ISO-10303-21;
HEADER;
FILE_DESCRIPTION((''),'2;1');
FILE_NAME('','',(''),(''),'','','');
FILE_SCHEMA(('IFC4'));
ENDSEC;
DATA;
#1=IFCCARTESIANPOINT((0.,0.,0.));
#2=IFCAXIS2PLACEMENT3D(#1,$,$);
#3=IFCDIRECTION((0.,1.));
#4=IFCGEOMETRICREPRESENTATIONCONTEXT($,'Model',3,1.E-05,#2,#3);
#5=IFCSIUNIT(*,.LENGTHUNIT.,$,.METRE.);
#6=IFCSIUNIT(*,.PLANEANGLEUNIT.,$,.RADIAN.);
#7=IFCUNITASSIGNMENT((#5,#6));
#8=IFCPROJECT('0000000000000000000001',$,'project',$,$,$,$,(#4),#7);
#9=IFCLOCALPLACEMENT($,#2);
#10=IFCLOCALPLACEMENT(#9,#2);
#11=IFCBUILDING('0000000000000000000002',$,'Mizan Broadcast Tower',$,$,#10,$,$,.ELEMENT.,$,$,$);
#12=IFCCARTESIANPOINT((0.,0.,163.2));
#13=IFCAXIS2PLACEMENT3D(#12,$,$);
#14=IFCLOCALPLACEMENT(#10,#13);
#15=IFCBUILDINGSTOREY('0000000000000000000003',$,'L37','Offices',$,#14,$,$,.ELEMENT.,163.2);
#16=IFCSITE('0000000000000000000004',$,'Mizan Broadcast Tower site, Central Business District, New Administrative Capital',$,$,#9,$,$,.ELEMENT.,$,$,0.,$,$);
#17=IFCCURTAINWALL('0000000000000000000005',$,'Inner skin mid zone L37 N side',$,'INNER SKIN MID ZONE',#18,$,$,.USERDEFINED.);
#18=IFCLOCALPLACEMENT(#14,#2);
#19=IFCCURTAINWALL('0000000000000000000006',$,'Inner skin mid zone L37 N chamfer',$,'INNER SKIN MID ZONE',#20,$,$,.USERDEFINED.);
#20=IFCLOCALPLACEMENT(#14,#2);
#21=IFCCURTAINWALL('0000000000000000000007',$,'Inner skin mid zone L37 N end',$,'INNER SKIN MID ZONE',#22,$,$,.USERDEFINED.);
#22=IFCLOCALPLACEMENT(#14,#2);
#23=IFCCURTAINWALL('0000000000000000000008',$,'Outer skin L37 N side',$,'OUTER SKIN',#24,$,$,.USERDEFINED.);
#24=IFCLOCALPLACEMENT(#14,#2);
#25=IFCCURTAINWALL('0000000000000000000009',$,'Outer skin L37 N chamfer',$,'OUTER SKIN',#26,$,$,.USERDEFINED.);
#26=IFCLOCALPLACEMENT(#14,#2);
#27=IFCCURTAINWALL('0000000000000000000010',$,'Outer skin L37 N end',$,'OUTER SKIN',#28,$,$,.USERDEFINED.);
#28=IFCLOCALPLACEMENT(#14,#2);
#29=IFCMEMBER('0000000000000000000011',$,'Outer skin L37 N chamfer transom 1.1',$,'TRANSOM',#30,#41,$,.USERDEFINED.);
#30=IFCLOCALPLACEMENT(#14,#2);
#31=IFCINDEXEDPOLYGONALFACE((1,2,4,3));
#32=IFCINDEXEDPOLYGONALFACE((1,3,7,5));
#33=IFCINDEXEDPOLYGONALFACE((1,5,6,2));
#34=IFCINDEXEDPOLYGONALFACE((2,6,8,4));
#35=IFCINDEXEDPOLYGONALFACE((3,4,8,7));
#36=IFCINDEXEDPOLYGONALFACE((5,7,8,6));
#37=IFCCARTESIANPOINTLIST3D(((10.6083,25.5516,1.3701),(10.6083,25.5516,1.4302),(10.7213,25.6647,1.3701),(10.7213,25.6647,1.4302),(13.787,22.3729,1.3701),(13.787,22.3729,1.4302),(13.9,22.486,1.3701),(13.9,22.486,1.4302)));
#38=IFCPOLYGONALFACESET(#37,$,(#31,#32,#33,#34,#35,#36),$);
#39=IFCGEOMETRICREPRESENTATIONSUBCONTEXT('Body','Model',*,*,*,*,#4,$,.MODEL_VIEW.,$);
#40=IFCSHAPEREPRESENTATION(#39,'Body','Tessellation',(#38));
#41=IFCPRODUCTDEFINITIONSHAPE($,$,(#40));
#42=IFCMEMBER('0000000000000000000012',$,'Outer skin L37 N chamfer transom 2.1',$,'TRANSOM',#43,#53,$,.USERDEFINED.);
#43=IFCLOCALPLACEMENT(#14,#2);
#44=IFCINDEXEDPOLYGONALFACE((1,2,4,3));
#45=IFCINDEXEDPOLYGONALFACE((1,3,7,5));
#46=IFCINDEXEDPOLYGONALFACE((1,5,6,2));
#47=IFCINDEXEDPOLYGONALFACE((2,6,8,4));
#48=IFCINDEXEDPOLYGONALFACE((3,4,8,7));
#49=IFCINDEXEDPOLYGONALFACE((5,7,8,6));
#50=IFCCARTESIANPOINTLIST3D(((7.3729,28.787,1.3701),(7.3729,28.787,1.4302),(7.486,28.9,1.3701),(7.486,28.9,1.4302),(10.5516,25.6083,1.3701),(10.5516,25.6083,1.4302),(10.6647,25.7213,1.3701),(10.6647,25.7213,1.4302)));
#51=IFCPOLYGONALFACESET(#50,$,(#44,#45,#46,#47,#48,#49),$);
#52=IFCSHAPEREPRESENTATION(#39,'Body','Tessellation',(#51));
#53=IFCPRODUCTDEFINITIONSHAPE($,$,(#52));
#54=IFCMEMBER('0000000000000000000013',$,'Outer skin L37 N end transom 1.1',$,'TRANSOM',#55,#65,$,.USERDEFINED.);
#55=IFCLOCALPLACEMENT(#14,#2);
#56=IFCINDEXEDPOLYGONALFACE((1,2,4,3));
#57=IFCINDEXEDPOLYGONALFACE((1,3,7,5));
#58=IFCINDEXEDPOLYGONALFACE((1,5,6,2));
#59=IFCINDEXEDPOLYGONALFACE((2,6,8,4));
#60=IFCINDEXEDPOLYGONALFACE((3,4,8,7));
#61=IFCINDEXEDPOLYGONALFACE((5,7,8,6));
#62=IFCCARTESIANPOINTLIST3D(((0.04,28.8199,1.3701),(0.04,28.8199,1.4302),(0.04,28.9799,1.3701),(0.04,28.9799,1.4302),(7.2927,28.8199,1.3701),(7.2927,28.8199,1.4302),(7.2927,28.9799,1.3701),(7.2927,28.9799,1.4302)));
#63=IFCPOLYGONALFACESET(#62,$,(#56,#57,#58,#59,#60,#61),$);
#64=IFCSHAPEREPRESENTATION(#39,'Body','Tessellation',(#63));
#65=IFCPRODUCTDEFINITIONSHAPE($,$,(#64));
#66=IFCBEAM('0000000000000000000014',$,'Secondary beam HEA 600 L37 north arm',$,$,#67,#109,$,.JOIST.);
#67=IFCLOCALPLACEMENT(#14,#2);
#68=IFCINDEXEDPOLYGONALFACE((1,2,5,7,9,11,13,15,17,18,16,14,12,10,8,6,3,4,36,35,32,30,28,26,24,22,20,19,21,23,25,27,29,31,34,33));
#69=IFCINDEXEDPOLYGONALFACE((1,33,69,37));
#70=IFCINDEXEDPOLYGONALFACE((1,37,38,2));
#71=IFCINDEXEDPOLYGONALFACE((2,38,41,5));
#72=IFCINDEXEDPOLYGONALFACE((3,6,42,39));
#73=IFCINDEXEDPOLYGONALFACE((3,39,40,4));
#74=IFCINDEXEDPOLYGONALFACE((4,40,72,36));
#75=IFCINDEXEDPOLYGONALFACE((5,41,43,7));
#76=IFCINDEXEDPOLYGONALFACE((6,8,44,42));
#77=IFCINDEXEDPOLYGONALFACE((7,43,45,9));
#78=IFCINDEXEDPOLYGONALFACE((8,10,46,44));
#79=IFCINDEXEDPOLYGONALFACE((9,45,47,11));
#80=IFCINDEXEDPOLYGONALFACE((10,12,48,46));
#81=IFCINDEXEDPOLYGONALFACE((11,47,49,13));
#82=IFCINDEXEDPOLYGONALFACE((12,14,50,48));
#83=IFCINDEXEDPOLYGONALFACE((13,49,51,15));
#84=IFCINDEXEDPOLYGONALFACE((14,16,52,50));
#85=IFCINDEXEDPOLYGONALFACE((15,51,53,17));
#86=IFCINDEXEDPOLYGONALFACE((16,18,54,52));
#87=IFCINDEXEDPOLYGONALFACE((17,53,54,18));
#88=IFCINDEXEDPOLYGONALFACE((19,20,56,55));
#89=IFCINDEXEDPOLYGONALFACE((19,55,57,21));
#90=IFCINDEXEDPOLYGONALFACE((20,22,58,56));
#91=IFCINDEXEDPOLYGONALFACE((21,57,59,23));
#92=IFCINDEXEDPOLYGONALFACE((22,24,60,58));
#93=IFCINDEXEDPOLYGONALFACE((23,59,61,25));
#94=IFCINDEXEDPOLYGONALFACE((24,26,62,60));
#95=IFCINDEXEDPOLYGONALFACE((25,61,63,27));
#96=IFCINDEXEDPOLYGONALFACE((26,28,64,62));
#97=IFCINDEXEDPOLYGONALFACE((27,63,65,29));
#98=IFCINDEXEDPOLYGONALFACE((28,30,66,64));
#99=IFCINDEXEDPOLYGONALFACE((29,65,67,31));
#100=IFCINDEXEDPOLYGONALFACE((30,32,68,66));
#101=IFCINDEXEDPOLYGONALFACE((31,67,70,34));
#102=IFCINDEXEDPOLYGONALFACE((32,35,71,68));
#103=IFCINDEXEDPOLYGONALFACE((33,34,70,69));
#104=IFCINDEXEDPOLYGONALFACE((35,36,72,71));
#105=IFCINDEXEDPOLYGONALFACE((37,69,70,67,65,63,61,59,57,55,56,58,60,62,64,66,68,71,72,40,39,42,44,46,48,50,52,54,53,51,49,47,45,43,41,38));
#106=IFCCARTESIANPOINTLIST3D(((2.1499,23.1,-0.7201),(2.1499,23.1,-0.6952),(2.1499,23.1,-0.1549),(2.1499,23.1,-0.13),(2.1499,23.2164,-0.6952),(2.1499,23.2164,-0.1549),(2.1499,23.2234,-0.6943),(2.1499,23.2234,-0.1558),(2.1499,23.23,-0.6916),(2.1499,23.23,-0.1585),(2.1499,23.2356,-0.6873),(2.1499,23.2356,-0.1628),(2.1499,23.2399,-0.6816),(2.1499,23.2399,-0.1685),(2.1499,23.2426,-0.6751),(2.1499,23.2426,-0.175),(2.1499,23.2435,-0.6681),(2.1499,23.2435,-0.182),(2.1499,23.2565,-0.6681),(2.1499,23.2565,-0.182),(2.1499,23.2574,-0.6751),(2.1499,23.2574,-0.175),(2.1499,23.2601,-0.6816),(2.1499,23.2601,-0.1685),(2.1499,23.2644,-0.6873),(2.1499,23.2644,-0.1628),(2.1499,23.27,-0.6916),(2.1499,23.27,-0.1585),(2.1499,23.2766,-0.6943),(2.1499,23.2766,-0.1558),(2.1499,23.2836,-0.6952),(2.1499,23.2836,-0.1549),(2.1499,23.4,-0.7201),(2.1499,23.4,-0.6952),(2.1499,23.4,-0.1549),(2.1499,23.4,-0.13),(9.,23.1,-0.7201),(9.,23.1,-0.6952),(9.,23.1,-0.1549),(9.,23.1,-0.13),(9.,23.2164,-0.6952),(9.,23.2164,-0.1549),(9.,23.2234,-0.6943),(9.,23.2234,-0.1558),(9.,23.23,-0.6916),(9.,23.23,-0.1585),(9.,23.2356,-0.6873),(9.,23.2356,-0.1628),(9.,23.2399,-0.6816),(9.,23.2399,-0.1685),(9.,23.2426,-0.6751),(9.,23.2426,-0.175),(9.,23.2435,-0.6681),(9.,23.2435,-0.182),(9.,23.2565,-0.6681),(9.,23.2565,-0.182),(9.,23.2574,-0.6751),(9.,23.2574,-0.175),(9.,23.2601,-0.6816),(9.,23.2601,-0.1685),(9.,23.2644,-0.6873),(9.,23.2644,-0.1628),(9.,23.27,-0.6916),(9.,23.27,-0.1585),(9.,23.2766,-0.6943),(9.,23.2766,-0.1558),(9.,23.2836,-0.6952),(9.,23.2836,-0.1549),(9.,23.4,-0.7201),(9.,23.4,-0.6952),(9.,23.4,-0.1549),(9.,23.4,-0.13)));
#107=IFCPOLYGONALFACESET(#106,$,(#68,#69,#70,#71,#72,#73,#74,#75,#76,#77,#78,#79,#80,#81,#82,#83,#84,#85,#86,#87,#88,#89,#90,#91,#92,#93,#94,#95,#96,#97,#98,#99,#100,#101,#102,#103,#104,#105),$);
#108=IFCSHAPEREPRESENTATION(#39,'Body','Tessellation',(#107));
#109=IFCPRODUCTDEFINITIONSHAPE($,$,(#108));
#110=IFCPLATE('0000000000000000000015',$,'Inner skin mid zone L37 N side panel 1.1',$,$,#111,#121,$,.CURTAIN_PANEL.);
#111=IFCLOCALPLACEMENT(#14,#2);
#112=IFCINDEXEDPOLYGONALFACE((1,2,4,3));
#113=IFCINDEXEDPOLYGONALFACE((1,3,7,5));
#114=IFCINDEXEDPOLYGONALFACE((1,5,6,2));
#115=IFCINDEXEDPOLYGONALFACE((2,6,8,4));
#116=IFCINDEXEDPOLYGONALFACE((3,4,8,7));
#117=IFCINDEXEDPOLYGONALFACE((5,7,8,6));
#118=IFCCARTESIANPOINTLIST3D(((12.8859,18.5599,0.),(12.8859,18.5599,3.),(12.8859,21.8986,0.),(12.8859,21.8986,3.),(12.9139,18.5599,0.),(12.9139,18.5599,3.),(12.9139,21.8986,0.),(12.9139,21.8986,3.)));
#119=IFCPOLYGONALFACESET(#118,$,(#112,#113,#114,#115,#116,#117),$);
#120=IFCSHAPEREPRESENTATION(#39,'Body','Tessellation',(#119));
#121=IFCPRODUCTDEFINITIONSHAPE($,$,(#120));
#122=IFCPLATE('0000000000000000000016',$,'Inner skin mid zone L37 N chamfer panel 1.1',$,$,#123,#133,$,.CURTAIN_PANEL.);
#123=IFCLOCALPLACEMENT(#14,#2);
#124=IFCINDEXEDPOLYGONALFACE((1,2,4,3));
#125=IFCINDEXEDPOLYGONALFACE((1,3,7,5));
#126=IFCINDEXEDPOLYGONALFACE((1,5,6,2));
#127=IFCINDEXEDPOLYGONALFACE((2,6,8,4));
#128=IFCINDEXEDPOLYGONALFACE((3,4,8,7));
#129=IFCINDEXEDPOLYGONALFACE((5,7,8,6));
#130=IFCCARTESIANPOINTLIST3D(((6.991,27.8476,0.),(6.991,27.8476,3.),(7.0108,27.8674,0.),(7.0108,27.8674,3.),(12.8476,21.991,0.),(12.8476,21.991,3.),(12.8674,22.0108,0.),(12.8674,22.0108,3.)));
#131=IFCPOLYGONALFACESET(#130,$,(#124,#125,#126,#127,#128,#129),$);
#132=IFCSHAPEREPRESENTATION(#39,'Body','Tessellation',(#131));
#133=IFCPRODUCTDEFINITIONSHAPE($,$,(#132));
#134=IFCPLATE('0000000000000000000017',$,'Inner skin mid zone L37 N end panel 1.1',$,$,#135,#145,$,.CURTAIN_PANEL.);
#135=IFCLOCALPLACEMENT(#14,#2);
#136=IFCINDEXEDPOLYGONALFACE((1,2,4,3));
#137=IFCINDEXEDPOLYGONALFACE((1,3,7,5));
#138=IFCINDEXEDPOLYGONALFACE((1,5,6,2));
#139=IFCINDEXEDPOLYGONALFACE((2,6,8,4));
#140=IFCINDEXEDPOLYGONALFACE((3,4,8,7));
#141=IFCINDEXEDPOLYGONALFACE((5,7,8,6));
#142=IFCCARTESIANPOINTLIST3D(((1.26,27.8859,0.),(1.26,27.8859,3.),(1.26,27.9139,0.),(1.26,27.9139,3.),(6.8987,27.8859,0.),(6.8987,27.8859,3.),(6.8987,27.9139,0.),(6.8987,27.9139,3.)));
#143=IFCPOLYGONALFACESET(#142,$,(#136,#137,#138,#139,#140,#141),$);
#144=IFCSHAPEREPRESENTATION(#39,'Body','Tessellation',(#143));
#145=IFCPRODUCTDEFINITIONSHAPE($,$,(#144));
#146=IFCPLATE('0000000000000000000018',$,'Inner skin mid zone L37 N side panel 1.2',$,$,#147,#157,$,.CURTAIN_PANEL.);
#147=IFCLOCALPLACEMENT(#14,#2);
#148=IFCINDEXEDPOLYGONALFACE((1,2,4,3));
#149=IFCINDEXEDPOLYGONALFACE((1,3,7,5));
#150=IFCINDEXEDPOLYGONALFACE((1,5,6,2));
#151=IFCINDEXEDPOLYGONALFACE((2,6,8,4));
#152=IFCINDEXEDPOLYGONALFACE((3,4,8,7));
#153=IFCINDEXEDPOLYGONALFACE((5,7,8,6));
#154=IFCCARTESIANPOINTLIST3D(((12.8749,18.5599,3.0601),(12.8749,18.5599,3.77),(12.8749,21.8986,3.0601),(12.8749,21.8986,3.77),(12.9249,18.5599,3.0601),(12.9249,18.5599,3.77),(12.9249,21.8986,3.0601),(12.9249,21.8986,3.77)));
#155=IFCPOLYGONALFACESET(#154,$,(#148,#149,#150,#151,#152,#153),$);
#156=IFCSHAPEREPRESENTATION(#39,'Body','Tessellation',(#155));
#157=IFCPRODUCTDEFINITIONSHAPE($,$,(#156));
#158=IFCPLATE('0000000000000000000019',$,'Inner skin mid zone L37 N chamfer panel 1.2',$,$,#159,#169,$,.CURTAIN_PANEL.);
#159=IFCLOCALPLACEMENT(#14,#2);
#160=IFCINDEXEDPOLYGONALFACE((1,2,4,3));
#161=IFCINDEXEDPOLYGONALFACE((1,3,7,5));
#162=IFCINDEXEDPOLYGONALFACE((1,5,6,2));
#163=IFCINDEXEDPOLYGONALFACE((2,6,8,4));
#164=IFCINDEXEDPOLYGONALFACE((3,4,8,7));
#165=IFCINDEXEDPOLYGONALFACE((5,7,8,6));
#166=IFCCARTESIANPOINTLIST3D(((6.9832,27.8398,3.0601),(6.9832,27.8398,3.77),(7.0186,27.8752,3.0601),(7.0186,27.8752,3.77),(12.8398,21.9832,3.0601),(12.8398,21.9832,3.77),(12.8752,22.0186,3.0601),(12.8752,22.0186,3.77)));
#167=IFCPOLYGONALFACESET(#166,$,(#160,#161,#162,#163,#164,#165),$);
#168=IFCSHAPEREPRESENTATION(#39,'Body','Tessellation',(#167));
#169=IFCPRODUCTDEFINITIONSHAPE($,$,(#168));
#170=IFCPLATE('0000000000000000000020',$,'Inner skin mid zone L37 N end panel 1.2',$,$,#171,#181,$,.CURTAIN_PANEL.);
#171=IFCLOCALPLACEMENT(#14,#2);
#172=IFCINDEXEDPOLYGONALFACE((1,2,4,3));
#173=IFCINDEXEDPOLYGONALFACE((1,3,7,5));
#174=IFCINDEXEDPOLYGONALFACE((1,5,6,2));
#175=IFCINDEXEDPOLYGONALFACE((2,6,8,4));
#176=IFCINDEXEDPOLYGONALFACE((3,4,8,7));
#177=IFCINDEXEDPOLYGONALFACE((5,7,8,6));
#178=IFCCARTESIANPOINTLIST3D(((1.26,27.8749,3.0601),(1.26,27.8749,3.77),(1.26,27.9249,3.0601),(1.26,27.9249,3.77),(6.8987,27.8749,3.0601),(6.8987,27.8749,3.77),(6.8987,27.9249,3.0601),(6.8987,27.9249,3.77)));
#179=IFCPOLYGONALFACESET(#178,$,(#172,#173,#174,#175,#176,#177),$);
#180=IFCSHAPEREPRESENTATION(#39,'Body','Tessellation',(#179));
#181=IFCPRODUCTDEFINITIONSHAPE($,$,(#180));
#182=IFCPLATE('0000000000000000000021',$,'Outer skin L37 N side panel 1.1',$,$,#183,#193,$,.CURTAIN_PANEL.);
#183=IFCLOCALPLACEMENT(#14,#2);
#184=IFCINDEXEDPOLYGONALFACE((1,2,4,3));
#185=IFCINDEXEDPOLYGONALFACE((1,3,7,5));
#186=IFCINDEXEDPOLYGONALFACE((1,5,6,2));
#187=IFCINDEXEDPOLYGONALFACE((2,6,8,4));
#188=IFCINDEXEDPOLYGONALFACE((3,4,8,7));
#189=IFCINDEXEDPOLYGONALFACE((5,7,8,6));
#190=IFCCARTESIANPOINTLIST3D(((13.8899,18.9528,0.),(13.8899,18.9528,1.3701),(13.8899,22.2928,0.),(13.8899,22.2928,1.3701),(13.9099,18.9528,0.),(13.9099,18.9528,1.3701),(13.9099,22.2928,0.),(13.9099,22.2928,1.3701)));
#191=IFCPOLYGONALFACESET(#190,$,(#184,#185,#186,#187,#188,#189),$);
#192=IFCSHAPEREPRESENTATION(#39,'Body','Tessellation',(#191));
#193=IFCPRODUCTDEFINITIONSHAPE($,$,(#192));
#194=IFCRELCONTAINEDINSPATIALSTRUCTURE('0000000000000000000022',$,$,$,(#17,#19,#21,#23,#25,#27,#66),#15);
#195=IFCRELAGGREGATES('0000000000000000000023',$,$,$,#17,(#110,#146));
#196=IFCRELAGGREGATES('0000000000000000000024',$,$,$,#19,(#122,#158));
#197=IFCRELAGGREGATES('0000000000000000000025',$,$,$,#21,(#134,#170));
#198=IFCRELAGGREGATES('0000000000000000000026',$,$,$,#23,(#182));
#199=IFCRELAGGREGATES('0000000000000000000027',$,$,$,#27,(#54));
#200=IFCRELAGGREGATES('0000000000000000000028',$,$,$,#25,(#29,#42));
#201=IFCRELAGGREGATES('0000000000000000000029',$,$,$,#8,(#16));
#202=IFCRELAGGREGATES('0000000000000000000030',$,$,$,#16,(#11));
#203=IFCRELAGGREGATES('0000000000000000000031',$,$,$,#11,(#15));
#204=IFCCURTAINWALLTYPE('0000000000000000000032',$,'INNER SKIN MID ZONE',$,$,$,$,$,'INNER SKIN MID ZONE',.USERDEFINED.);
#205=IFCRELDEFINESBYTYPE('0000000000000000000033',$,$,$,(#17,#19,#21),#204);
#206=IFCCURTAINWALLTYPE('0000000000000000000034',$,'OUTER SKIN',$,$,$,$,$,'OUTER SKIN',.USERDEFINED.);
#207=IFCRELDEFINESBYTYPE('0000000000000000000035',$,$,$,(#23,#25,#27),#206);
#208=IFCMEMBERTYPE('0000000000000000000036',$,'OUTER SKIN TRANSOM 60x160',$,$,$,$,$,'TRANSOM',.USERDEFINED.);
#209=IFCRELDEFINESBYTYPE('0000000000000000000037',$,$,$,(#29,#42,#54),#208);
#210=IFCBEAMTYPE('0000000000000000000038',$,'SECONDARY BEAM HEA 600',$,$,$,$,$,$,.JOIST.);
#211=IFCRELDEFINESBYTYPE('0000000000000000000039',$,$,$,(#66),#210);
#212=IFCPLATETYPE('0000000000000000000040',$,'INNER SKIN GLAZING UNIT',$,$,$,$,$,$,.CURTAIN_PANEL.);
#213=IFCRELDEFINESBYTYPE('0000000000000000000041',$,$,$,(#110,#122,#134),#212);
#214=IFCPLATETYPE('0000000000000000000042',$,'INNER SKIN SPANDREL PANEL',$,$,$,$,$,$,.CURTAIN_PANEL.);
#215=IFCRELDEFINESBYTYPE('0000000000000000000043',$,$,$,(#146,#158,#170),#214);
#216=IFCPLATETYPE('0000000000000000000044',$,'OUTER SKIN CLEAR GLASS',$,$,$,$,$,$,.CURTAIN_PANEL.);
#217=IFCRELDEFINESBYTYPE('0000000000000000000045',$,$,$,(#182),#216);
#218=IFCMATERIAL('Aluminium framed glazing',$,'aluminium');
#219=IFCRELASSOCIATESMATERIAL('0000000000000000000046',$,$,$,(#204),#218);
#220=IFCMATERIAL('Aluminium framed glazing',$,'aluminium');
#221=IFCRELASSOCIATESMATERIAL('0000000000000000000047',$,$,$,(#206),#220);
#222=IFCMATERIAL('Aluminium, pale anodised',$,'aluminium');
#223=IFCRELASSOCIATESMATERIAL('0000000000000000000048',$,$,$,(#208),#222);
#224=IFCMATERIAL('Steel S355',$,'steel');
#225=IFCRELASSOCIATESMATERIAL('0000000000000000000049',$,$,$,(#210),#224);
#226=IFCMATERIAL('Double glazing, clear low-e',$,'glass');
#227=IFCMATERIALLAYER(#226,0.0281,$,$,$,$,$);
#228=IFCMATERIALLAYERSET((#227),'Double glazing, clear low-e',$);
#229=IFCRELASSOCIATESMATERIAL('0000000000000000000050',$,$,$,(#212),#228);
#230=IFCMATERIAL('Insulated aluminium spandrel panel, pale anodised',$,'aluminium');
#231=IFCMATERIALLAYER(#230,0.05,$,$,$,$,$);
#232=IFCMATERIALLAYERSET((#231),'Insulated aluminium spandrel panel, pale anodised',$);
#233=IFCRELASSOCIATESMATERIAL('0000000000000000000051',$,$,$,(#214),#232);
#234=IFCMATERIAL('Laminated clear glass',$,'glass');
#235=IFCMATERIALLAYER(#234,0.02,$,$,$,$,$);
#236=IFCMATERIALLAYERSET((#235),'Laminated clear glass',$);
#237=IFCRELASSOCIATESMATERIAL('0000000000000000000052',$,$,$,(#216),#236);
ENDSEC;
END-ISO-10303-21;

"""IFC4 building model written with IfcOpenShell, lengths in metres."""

from ifc_helpers import new_model, si_unit, direction, frame, origin, origin_2d, place, context, subcontext, project, spatial, rectangle, i_section, extrude, material, layer, layer_set, material_profile, profile_set, type_object, element, aggregate, save


model = new_model("IFC4")

# Units and contexts
model_context = context("Model", 3, precision=1e-05, world=origin(), true_north=direction((0.0, 1.0)))
body_context = subcontext(model_context, "Body", "Model", "MODEL_VIEW")
ifc_project = project(units=[si_unit("LENGTHUNIT", "METRE"), si_unit("PLANEANGLEUNIT", "RADIAN")], contexts=[model_context])

# Site, building, storey
site_placement = place(None, origin())
site = spatial("IfcSite", under=ifc_project, at=site_placement, Name="Mizan Broadcast Tower site, Central Business District, New Administrative Capital", CompositionType="ELEMENT", RefElevation=0.0)
building_placement = place(site_placement, origin())
building = spatial("IfcBuilding", under=site, at=building_placement, Name="Mizan Broadcast Tower", CompositionType="ELEMENT")
storey_placement = place(building_placement, frame((0.0, 0.0, 163.2)))
storey = spatial("IfcBuildingStorey", under=building, at=storey_placement, Name="L37", Description="Offices", CompositionType="ELEMENT", Elevation=163.2)

# Curtain walls
ifc_material_1 = material(Name="Aluminium framed glazing", Category="aluminium")
curtain_wall_type_1 = type_object("IfcCurtainWallType", Name="INNER SKIN MID ZONE", ElementType="INNER SKIN MID ZONE", PredefinedType="USERDEFINED", material=ifc_material_1)
curtain_wall_1_placement = place(storey_placement, origin())
curtain_wall_1 = element("IfcCurtainWall", 1, at=curtain_wall_1_placement, inside=storey, type_object=curtain_wall_type_1, Name="Inner skin mid zone L37 N side", ObjectType="INNER SKIN MID ZONE", PredefinedType="USERDEFINED")
curtain_wall_2_placement = place(storey_placement, origin())
curtain_wall_2 = element("IfcCurtainWall", 2, at=curtain_wall_2_placement, inside=storey, type_object=curtain_wall_type_1, Name="Inner skin mid zone L37 N chamfer", ObjectType="INNER SKIN MID ZONE", PredefinedType="USERDEFINED")
curtain_wall_3_placement = place(storey_placement, origin())
curtain_wall_3 = element("IfcCurtainWall", 3, at=curtain_wall_3_placement, inside=storey, type_object=curtain_wall_type_1, Name="Inner skin mid zone L37 N end", ObjectType="INNER SKIN MID ZONE", PredefinedType="USERDEFINED")

# Curtain wall
ifc_material_2 = material(Name="Aluminium framed glazing", Category="aluminium")
curtain_wall_type_2 = type_object("IfcCurtainWallType", Name="OUTER SKIN", ElementType="OUTER SKIN", PredefinedType="USERDEFINED", material=ifc_material_2)
curtain_wall_4_placement = place(storey_placement, origin())
curtain_wall_4 = element("IfcCurtainWall", 4, at=curtain_wall_4_placement, inside=storey, type_object=curtain_wall_type_2, Name="Outer skin L37 N side", ObjectType="OUTER SKIN", PredefinedType="USERDEFINED")

# Curtain wall
curtain_wall_5_placement = place(storey_placement, origin())
curtain_wall_5 = element("IfcCurtainWall", 5, at=curtain_wall_5_placement, inside=storey, type_object=curtain_wall_type_2, Name="Outer skin L37 N chamfer", ObjectType="OUTER SKIN", PredefinedType="USERDEFINED")

# Curtain wall
curtain_wall_6_placement = place(storey_placement, origin())
curtain_wall_6 = element("IfcCurtainWall", 6, at=curtain_wall_6_placement, inside=storey, type_object=curtain_wall_type_2, Name="Outer skin L37 N end", ObjectType="OUTER SKIN", PredefinedType="USERDEFINED")

# Members
ifc_material_3 = material(Name="Aluminium, pale anodised", Category="aluminium")
ifc_material_profile_1 = material_profile(ifc_material_3, rectangle(XDim=0.1599, YDim=0.0601, at=origin_2d()), Name="TRANSOM 160x60")
ifc_profile_set_1 = profile_set([ifc_material_profile_1], Name="Aluminium, pale anodised")
member_type_1 = type_object("IfcMemberType", Name="OUTER SKIN TRANSOM 60x160", ElementType="TRANSOM", PredefinedType="USERDEFINED", material=ifc_profile_set_1)
member_1_placement = place(storey_placement, frame((13.8435, 22.4294, 1.4001), z_axis=(-0.707107, 0.707107, 0.0), x_axis=(-0.707107, -0.707107, 0.0)))
member_1 = element("IfcMember", 7, at=member_1_placement, type_object=member_type_1, Name="Outer skin L37 N chamfer transom 1.1", ObjectType="TRANSOM", PredefinedType="USERDEFINED", context=body_context, shape_type="SweptSolid", body=[
    extrude(rectangle(XDim=0.1599, YDim=0.0601, at=origin_2d()), origin(), (0.0, 0.0, 1.0), 4.4954),
])
member_2_placement = place(storey_placement, frame((10.6082, 25.6648, 1.4001), z_axis=(-0.707107, 0.707107, 0.0), x_axis=(-0.707107, -0.707107, 0.0)))
member_2 = element("IfcMember", 8, at=member_2_placement, type_object=member_type_1, Name="Outer skin L37 N chamfer transom 2.1", ObjectType="TRANSOM", PredefinedType="USERDEFINED", context=body_context, shape_type="SweptSolid", body=[
    extrude(rectangle(XDim=0.1599, YDim=0.0601, at=origin_2d()), origin(), (0.0, 0.0, 1.0), 4.4954),
])
member_3_placement = place(storey_placement, frame((7.2927, 28.8999, 1.4001), z_axis=(-1.0, 0.0, 0.0), x_axis=(0.0, -1.0, 0.0)))
member_3 = element("IfcMember", 9, at=member_3_placement, type_object=member_type_1, Name="Outer skin L37 N end transom 1.1", ObjectType="TRANSOM", PredefinedType="USERDEFINED", context=body_context, shape_type="SweptSolid", body=[
    extrude(rectangle(XDim=0.1599, YDim=0.0601, at=origin_2d()), origin(), (0.0, 0.0, 1.0), 7.2527),
])

# Beam
ifc_material_4 = material(Name="Steel S355", Category="steel")
ifc_material_profile_2 = material_profile(ifc_material_4, i_section(OverallWidth=0.3, OverallDepth=0.5901, WebThickness=0.0129, FlangeThickness=0.0249, FilletRadius=0.0271, at=origin_2d()), Name="HEA 600")
ifc_profile_set_2 = profile_set([ifc_material_profile_2], Name="Steel S355")
beam_type_1 = type_object("IfcBeamType", Name="SECONDARY BEAM HEA 600", PredefinedType="JOIST", material=ifc_profile_set_2)
beam_1_placement = place(storey_placement, frame((9.0, 23.25, -0.425), z_axis=(-1.0, 0.0, 0.0), x_axis=(0.0, -1.0, 0.0)))
element("IfcBeam", 10, at=beam_1_placement, inside=storey, type_object=beam_type_1, Name="Secondary beam HEA 600 L37 north arm", PredefinedType="JOIST", context=body_context, shape_type="SweptSolid", body=[
    extrude(i_section(OverallWidth=0.3, OverallDepth=0.5901, WebThickness=0.0129, FlangeThickness=0.0249, FilletRadius=0.0271, at=origin_2d()), origin(), (0.0, 0.0, 1.0), 6.8501),
])

# Plates
ifc_material_5 = material(Name="Double glazing, clear low-e", Category="glass")
ifc_layer_1 = layer(ifc_material_5, 0.0281)
ifc_layer_set_1 = layer_set([ifc_layer_1], Name="Double glazing, clear low-e")
plate_type_1 = type_object("IfcPlateType", Name="INNER SKIN GLAZING UNIT", PredefinedType="CURTAIN_PANEL", material=ifc_layer_set_1)
plate_1_placement = place(storey_placement, frame((12.8999, 20.2292, 0.0), z_axis=(0.0, 0.0, 1.0), x_axis=(0.0, 1.0, 0.0)))
plate_1 = element("IfcPlate", 11, at=plate_1_placement, type_object=plate_type_1, Name="Inner skin mid zone L37 N side panel 1.1", PredefinedType="CURTAIN_PANEL", context=body_context, shape_type="SweptSolid", body=[
    extrude(rectangle(XDim=3.3386, YDim=0.0281, at=origin_2d()), origin(), (0.0, 0.0, 1.0), 3.0),
])
plate_2_placement = place(storey_placement, frame((9.9292, 24.9292, 0.0), z_axis=(0.0, 0.0, 1.0), x_axis=(-0.707107, 0.707107, 0.0)))
plate_2 = element("IfcPlate", 12, at=plate_2_placement, type_object=plate_type_1, Name="Inner skin mid zone L37 N chamfer panel 1.1", PredefinedType="CURTAIN_PANEL", context=body_context, shape_type="SweptSolid", body=[
    extrude(rectangle(XDim=8.2825, YDim=0.0281, at=origin_2d()), origin(), (0.0, 0.0, 1.0), 3.0),
])
plate_3_placement = place(storey_placement, frame((4.0793, 27.8999, 0.0), z_axis=(0.0, 0.0, 1.0), x_axis=(-1.0, 0.0, 0.0)))
plate_3 = element("IfcPlate", 13, at=plate_3_placement, type_object=plate_type_1, Name="Inner skin mid zone L37 N end panel 1.1", PredefinedType="CURTAIN_PANEL", context=body_context, shape_type="SweptSolid", body=[
    extrude(rectangle(XDim=5.6387, YDim=0.0281, at=origin_2d()), origin(), (0.0, 0.0, 1.0), 3.0),
])
ifc_material_6 = material(Name="Insulated aluminium spandrel panel, pale anodised", Category="aluminium")
ifc_layer_2 = layer(ifc_material_6, 0.05)
ifc_layer_set_2 = layer_set([ifc_layer_2], Name="Insulated aluminium spandrel panel, pale anodised")
plate_type_2 = type_object("IfcPlateType", Name="INNER SKIN SPANDREL PANEL", PredefinedType="CURTAIN_PANEL", material=ifc_layer_set_2)
plate_4_placement = place(storey_placement, frame((12.8999, 20.2292, 3.0601), z_axis=(0.0, 0.0, 1.0), x_axis=(0.0, 1.0, 0.0)))
plate_4 = element("IfcPlate", 14, at=plate_4_placement, type_object=plate_type_2, Name="Inner skin mid zone L37 N side panel 1.2", PredefinedType="CURTAIN_PANEL", context=body_context, shape_type="SweptSolid", body=[
    extrude(rectangle(XDim=3.3386, YDim=0.05, at=origin_2d()), origin(), (0.0, 0.0, 1.0), 0.71),
])
aggregate(curtain_wall_1, [plate_1, plate_4])
plate_5_placement = place(storey_placement, frame((9.9292, 24.9292, 3.0601), z_axis=(0.0, 0.0, 1.0), x_axis=(-0.707107, 0.707107, 0.0)))
plate_5 = element("IfcPlate", 15, at=plate_5_placement, type_object=plate_type_2, Name="Inner skin mid zone L37 N chamfer panel 1.2", PredefinedType="CURTAIN_PANEL", context=body_context, shape_type="SweptSolid", body=[
    extrude(rectangle(XDim=8.2825, YDim=0.05, at=origin_2d()), origin(), (0.0, 0.0, 1.0), 0.71),
])
aggregate(curtain_wall_2, [plate_2, plate_5])
plate_6_placement = place(storey_placement, frame((4.0793, 27.8999, 3.0601), z_axis=(0.0, 0.0, 1.0), x_axis=(-1.0, 0.0, 0.0)))
plate_6 = element("IfcPlate", 16, at=plate_6_placement, type_object=plate_type_2, Name="Inner skin mid zone L37 N end panel 1.2", PredefinedType="CURTAIN_PANEL", context=body_context, shape_type="SweptSolid", body=[
    extrude(rectangle(XDim=5.6387, YDim=0.05, at=origin_2d()), origin(), (0.0, 0.0, 1.0), 0.71),
])
aggregate(curtain_wall_3, [plate_3, plate_6])
ifc_material_7 = material(Name="Laminated clear glass", Category="glass")
ifc_layer_3 = layer(ifc_material_7, 0.02)
ifc_layer_set_3 = layer_set([ifc_layer_3], Name="Laminated clear glass")
plate_type_3 = type_object("IfcPlateType", Name="OUTER SKIN CLEAR GLASS", PredefinedType="CURTAIN_PANEL", material=ifc_layer_set_3)
plate_7_placement = place(storey_placement, frame((13.8999, 20.6228, 0.0), z_axis=(0.0, 0.0, 1.0), x_axis=(0.0, 1.0, 0.0)))
plate_7 = element("IfcPlate", 17, at=plate_7_placement, type_object=plate_type_3, Name="Outer skin L37 N side panel 1.1", PredefinedType="CURTAIN_PANEL", context=body_context, shape_type="SweptSolid", body=[
    extrude(rectangle(XDim=3.3401, YDim=0.02, at=origin_2d()), origin(), (0.0, 0.0, 1.0), 1.3701),
])
aggregate(curtain_wall_4, [plate_7])
aggregate(curtain_wall_6, [member_3])
aggregate(curtain_wall_5, [member_1, member_2])

save(model, "model.ifc")
